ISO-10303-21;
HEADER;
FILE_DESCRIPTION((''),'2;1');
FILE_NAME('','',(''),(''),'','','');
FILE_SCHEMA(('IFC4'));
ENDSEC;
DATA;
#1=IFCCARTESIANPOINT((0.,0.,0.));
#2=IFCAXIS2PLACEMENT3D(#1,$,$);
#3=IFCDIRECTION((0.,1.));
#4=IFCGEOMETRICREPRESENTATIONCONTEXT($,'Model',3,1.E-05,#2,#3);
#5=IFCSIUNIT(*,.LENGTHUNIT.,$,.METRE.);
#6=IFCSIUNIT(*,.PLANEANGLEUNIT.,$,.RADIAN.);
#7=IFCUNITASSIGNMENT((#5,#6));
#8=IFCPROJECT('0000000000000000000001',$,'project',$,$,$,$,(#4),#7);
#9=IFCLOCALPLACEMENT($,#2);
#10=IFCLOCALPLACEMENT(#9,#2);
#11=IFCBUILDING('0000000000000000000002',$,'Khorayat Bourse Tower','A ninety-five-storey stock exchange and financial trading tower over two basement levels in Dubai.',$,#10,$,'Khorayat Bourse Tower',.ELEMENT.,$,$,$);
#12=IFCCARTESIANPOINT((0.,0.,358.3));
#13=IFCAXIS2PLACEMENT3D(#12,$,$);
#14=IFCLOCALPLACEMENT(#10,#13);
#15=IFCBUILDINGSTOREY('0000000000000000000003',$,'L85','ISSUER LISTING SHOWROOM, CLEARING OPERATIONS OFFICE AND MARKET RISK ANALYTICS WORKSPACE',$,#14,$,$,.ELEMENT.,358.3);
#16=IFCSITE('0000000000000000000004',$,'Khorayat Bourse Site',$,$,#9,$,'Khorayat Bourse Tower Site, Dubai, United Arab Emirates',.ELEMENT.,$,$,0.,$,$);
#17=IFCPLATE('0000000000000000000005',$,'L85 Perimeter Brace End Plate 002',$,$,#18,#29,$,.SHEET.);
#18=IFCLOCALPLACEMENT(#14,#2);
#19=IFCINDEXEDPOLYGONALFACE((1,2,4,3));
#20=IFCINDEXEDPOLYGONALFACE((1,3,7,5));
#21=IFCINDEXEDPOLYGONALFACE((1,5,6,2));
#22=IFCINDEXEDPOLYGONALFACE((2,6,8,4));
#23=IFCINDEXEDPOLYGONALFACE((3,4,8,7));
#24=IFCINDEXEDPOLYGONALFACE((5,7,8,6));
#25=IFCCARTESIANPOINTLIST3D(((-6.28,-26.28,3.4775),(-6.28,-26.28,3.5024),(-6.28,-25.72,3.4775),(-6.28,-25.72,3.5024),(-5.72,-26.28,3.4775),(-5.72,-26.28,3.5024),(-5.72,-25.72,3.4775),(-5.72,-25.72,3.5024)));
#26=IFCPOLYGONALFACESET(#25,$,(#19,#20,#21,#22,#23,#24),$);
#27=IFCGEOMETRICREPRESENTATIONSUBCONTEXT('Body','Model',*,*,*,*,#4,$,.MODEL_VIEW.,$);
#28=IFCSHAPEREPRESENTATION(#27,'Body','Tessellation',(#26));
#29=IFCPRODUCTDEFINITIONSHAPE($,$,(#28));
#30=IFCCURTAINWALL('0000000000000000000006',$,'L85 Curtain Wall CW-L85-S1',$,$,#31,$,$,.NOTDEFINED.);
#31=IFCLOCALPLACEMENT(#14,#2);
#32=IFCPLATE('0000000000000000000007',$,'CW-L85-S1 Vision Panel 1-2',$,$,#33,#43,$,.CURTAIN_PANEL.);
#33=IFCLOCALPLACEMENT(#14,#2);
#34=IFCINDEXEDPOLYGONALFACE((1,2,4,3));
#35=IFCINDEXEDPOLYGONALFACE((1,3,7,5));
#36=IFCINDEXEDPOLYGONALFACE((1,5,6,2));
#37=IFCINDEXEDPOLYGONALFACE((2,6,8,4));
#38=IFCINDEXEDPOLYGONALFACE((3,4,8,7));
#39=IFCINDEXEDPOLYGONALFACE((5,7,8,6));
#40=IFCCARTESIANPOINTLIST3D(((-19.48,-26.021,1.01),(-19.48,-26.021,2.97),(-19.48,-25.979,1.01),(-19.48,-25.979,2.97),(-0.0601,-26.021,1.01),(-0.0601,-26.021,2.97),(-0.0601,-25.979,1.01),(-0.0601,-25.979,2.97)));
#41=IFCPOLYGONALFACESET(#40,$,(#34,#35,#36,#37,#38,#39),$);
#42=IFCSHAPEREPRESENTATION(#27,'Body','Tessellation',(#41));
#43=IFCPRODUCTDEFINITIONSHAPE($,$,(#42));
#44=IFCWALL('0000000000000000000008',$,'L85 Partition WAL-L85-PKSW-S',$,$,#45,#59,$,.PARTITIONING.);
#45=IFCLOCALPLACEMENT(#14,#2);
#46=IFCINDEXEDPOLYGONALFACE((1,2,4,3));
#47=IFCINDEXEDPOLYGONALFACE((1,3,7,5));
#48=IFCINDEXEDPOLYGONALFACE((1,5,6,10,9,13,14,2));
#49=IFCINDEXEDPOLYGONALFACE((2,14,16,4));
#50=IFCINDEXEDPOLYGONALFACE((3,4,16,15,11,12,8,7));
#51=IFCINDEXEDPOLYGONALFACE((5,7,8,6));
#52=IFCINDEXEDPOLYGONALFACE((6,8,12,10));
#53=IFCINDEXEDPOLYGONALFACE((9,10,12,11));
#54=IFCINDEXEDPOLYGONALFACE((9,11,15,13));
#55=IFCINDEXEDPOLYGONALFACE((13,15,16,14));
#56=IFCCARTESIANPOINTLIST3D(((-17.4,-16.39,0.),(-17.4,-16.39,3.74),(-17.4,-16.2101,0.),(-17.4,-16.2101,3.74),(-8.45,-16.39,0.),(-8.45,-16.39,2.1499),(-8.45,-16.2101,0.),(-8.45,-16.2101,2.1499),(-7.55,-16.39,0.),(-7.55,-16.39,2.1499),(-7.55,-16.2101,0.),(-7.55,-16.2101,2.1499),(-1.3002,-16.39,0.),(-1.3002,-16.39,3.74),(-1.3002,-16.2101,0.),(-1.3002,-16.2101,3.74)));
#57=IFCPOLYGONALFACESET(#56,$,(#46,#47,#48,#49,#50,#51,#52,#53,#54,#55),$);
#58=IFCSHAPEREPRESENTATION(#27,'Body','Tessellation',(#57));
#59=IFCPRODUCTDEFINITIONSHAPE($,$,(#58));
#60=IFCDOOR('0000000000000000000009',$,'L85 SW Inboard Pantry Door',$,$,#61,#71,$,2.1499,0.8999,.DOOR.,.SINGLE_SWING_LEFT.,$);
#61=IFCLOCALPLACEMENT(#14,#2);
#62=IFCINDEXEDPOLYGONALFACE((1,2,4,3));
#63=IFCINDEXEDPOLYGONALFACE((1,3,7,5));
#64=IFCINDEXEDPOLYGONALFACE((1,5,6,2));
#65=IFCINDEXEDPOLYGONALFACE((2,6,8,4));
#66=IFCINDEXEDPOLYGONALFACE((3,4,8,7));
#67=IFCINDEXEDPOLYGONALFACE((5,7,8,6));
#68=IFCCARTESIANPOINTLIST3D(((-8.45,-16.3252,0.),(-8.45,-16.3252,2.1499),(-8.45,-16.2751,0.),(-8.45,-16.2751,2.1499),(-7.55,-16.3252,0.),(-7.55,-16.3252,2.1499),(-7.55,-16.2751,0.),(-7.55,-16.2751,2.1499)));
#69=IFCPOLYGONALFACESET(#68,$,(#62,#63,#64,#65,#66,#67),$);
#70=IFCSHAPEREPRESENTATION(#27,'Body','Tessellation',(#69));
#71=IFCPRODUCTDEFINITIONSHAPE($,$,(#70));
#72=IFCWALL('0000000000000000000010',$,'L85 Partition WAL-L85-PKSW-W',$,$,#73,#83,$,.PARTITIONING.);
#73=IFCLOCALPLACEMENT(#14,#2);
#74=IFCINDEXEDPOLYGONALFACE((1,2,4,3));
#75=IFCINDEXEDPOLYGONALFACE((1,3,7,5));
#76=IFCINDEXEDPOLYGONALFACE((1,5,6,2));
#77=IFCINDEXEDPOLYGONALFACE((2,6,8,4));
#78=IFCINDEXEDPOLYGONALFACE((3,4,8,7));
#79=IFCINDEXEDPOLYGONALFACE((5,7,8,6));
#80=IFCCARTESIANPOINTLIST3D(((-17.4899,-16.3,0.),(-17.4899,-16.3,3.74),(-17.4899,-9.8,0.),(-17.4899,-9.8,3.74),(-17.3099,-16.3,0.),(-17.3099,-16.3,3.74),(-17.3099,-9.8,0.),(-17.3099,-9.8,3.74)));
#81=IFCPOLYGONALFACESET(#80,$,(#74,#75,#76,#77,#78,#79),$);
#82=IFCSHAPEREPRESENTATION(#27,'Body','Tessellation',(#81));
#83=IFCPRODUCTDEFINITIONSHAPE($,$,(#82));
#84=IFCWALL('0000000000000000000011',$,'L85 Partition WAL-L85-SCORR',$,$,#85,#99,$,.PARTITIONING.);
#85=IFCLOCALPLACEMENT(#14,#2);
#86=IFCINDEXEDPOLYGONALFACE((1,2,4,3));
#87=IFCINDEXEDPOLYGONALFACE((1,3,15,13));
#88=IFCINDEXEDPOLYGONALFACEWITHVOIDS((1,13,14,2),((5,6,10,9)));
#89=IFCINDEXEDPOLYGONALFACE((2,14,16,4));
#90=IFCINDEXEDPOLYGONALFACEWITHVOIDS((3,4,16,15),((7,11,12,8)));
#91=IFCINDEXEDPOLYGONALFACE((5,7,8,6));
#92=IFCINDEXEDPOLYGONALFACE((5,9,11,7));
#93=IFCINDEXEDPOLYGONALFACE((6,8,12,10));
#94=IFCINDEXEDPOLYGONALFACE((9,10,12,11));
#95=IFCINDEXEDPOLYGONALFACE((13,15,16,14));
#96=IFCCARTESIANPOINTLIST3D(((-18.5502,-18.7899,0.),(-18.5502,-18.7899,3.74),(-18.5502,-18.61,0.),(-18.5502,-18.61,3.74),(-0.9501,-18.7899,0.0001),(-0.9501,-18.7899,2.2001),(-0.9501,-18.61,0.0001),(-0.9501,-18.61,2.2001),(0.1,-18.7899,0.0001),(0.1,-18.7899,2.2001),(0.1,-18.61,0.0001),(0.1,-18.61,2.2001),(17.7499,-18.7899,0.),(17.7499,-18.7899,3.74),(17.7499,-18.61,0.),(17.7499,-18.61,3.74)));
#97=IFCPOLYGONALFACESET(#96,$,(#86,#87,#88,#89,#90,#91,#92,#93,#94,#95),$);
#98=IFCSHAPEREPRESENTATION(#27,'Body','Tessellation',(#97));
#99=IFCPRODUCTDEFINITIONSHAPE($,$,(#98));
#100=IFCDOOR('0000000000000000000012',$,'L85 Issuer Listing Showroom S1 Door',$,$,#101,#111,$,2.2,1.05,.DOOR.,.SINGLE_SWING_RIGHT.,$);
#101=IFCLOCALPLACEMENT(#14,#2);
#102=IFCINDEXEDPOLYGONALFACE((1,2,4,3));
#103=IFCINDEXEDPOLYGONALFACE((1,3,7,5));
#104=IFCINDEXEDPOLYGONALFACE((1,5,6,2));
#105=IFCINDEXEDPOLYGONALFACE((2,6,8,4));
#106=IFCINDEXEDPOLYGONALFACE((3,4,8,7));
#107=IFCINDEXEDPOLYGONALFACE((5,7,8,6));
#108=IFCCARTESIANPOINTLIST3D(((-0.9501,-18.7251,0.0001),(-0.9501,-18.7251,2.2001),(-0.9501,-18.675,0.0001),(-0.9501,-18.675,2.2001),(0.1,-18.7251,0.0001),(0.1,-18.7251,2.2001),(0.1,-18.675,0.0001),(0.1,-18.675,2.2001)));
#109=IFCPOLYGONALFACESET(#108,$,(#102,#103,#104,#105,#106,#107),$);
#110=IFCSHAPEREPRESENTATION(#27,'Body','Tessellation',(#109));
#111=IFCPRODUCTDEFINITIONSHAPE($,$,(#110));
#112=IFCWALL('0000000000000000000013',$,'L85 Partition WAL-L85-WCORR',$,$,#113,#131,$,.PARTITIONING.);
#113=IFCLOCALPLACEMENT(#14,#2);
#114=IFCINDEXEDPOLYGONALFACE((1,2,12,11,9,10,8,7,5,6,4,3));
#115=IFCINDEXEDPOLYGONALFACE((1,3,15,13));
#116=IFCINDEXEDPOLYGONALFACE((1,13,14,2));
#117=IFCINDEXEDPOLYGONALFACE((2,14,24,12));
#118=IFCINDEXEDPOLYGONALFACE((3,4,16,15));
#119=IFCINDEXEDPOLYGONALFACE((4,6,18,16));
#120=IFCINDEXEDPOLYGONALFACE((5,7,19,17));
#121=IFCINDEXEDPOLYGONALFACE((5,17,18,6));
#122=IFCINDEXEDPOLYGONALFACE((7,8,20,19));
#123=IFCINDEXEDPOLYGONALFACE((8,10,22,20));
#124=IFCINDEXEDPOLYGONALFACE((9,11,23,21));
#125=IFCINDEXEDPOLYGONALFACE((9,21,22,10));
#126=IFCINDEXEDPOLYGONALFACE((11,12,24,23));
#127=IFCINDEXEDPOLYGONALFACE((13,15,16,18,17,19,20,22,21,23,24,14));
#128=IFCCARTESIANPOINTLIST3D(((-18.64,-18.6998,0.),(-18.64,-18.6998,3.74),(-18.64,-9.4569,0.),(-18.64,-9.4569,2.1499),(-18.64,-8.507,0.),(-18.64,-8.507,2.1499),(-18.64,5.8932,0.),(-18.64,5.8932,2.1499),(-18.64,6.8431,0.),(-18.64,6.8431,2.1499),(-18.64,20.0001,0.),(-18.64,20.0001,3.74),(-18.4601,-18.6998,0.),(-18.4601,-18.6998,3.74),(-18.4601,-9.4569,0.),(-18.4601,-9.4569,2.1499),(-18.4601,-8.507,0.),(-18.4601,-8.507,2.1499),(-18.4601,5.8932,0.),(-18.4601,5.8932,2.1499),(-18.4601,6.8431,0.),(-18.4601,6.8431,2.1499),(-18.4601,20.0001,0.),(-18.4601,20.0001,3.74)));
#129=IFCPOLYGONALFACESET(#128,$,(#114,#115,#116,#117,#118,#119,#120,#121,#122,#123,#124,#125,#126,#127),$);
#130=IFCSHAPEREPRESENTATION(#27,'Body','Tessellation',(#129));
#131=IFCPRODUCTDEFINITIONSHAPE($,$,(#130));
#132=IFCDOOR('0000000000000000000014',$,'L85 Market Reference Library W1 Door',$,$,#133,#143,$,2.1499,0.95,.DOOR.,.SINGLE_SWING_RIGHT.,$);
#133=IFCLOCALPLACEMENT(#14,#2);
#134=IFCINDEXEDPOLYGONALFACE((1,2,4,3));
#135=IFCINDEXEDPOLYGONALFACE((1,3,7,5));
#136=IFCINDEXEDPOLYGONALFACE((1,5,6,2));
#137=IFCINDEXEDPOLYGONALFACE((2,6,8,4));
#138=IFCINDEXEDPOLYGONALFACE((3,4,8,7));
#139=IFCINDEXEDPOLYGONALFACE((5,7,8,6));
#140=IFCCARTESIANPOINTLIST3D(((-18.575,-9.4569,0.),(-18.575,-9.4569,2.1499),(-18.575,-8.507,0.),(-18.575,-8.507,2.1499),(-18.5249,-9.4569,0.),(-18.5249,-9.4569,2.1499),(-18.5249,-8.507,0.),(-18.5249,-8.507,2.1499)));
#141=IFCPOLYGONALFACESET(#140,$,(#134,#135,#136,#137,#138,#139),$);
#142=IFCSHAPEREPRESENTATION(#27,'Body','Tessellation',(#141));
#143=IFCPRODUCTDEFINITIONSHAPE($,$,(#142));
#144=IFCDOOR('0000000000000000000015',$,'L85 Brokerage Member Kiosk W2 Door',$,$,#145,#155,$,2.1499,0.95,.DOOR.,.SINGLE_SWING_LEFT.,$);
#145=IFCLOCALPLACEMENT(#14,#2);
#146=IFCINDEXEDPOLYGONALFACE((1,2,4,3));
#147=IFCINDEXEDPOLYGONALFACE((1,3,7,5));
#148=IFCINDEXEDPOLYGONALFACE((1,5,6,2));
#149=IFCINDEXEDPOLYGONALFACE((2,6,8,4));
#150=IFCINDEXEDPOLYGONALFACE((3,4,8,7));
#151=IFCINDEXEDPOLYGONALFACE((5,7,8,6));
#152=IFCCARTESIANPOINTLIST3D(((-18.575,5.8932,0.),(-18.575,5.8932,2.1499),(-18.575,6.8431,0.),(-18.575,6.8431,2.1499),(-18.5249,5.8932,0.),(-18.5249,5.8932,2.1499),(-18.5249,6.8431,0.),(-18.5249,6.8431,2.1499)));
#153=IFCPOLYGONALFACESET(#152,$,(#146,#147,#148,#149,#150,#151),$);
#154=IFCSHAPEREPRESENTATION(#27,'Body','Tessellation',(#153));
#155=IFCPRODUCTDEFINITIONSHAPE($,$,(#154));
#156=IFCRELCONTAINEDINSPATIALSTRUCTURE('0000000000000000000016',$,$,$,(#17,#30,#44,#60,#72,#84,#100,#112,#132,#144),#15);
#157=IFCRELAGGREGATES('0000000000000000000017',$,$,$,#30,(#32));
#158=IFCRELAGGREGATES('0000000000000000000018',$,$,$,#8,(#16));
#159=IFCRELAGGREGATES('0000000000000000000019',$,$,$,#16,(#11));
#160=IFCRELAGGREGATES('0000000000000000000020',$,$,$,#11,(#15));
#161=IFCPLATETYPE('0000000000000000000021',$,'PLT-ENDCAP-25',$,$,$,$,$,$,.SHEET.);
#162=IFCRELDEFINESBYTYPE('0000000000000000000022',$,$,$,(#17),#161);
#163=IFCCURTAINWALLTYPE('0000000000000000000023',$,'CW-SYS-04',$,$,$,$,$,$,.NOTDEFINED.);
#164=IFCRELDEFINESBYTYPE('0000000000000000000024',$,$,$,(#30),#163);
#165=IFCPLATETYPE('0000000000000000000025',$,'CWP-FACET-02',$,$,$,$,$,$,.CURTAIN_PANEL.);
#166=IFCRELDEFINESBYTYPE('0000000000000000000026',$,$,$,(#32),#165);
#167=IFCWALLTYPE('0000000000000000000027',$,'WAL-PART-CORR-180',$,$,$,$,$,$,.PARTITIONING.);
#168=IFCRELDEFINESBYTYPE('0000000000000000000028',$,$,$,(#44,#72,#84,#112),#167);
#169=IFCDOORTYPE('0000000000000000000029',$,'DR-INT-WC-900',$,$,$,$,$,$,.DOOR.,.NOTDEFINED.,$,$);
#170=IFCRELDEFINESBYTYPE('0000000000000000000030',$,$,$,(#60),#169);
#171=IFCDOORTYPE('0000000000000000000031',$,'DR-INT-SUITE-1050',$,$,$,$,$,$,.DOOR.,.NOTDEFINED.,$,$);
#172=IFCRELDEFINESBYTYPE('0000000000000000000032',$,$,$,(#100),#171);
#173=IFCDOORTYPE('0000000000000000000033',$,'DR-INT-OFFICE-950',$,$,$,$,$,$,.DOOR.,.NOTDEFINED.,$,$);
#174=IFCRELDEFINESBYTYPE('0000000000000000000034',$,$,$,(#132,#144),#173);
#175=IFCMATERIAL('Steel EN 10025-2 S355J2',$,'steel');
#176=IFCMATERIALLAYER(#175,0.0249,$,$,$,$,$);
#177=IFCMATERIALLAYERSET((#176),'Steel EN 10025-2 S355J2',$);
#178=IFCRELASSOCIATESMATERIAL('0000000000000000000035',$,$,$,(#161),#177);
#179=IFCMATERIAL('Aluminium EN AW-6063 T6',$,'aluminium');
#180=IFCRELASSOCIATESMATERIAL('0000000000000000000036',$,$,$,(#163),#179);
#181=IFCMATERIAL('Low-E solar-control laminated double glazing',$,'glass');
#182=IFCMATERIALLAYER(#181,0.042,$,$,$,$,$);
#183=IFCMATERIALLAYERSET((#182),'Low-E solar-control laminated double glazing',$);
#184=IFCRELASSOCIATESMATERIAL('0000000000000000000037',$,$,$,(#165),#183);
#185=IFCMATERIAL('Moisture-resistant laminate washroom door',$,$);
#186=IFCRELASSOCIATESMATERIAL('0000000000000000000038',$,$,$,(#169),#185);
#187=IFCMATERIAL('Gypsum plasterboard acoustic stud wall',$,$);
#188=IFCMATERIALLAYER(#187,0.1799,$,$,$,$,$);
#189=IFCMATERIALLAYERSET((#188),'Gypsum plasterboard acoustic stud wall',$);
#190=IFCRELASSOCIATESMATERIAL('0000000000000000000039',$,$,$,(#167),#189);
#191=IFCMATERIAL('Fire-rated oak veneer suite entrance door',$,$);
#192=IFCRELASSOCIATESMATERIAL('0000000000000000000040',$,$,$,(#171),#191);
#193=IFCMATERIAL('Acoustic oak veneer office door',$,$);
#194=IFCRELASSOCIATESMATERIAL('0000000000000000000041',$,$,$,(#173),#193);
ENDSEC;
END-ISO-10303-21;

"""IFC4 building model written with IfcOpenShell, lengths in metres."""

from ifc_helpers import new_model, si_unit, direction, frame, frame_2d, origin, origin_2d, place, context, subcontext, project, spatial, rectangle, extrude, source, transform, mapped, material, layer, layer_set, type_object, element, fill, aggregate, save


model = new_model("IFC4")

# Units and contexts
model_context = context("Model", 3, precision=1e-05, world=origin(), true_north=direction((0.0, 1.0)))
body_context = subcontext(model_context, "Body", "Model", "MODEL_VIEW")
ifc_project = project(units=[si_unit("LENGTHUNIT", "METRE"), si_unit("PLANEANGLEUNIT", "RADIAN")], contexts=[model_context])

# Site, building, storey
site_placement = place(None, origin())
site = spatial("IfcSite", under=ifc_project, at=site_placement, Name="Khorayat Bourse Site", LongName="Khorayat Bourse Tower Site, Dubai, United Arab Emirates", CompositionType="ELEMENT", RefElevation=0.0)
building_placement = place(site_placement, origin())
building = spatial("IfcBuilding", under=site, at=building_placement, Name="Khorayat Bourse Tower", Description="A ninety-five-storey stock exchange and financial trading tower over two basement levels in Dubai.", LongName="Khorayat Bourse Tower", CompositionType="ELEMENT")
storey_placement = place(building_placement, frame((0.0, 0.0, 358.3)))
storey = spatial("IfcBuildingStorey", under=building, at=storey_placement, Name="L85", Description="ISSUER LISTING SHOWROOM, CLEARING OPERATIONS OFFICE AND MARKET RISK ANALYTICS WORKSPACE", CompositionType="ELEMENT", Elevation=358.3)

# Shared definitions
ifc_material_1 = material(Name="Steel EN 10025-2 S355J2", Category="steel")

# Plate
ifc_layer_1 = layer(ifc_material_1, 0.0249)
ifc_layer_set_1 = layer_set([ifc_layer_1], Name="Steel EN 10025-2 S355J2")
plate_type_1 = type_object("IfcPlateType", Name="PLT-ENDCAP-25", PredefinedType="SHEET", material=ifc_layer_set_1)
shared_shape_1 = source(origin(), body_context, "Body", "SweptSolid", [
    extrude(rectangle(XDim=0.5601, YDim=0.5601, at=origin_2d()), origin(), (0.0, 0.0, 1.0), 0.0249),
])
plate_1_placement = place(storey_placement, frame((-6.0, -26.0, 3.4775), z_axis=(0.0, 0.0, 1.0), x_axis=(1.0, 0.0, 0.0)))
element("IfcPlate", 1, at=plate_1_placement, inside=storey, type_object=plate_type_1, Name="L85 Perimeter Brace End Plate 002", PredefinedType="SHEET", context=body_context, shape_type="MappedRepresentation", body=[
    mapped(shared_shape_1, transform((0.0, 0.0, 0.0), scale=1.0)),
])

# Curtain wall, plate
ifc_material_2 = material(Name="Aluminium EN AW-6063 T6", Category="aluminium")
curtain_wall_type = type_object("IfcCurtainWallType", Name="CW-SYS-04", PredefinedType="NOTDEFINED", material=ifc_material_2)
curtain_wall_placement = place(storey_placement, origin())
curtain_wall = element("IfcCurtainWall", 2, at=curtain_wall_placement, inside=storey, type_object=curtain_wall_type, Name="L85 Curtain Wall CW-L85-S1", PredefinedType="NOTDEFINED")
ifc_material_3 = material(Name="Low-E solar-control laminated double glazing", Category="glass")
ifc_layer_2 = layer(ifc_material_3, 0.042)
ifc_layer_set_2 = layer_set([ifc_layer_2], Name="Low-E solar-control laminated double glazing")
plate_type_2 = type_object("IfcPlateType", Name="CWP-FACET-02", PredefinedType="CURTAIN_PANEL", material=ifc_layer_set_2)
shared_shape_2 = source(origin(), body_context, "Body", "SweptSolid", [
    extrude(rectangle(XDim=19.4199, YDim=0.042, at=origin_2d()), origin(), (0.0, 0.0, 1.0), 1.96),
])
plate_2_placement = place(storey_placement, frame((-9.77, -26.0, 1.01), z_axis=(0.0, 0.0, 1.0), x_axis=(1.0, 0.0, 0.0)))
plate_2 = element("IfcPlate", 3, at=plate_2_placement, type_object=plate_type_2, Name="CW-L85-S1 Vision Panel 1-2", PredefinedType="CURTAIN_PANEL", context=body_context, shape_type="MappedRepresentation", body=[
    mapped(shared_shape_2, transform((0.0, 0.0, 0.0), scale=1.0)),
])
aggregate(curtain_wall, [plate_2])

# Shared definitions
ifc_material_4 = material(Name="Moisture-resistant laminate washroom door")
door_type_1 = type_object("IfcDoorType", Name="DR-INT-WC-900", OperationType="NOTDEFINED", PredefinedType="DOOR", material=ifc_material_4)
shared_shape_3 = source(origin(), body_context, "Body", "SweptSolid", [
    extrude(rectangle(XDim=0.8999, YDim=2.1499, at=frame_2d((0.45, 1.075))), frame((0.0, 0.0249, 0.0), z_axis=(0.0, -1.0, 0.0), x_axis=(1.0, 0.0, 0.0)), (0.0, 0.0, 1.0), 0.05),
])

# Wall, opening, door
ifc_material_5 = material(Name="Gypsum plasterboard acoustic stud wall")
ifc_layer_3 = layer(ifc_material_5, 0.1799)
ifc_layer_set_3 = layer_set([ifc_layer_3], Name="Gypsum plasterboard acoustic stud wall")
wall_type_1 = type_object("IfcWallType", Name="WAL-PART-CORR-180", PredefinedType="PARTITIONING", material=ifc_layer_set_3)
shared_shape_4 = source(origin(), body_context, "Body", "SweptSolid", [
    extrude(rectangle(XDim=16.0999, YDim=0.1799, at=frame_2d((8.0498, 0.0))), origin(), (0.0, 0.0, 1.0), 3.74),
])
wall_1_placement = place(storey_placement, frame((-17.3999, -16.3, 0.0), z_axis=(0.0, 0.0, 1.0), x_axis=(1.0, 0.0, 0.0)))
wall_1 = element("IfcWall", 4, at=wall_1_placement, inside=storey, type_object=wall_type_1, Name="L85 Partition WAL-L85-PKSW-S", PredefinedType="PARTITIONING", context=body_context, shape_type="MappedRepresentation", body=[
    mapped(shared_shape_4, transform((0.0, 0.0, 0.0), scale=1.0)),
])
shared_shape_5 = source(origin(), body_context, "Body", "SweptSolid", [
    extrude(rectangle(XDim=0.8999, YDim=2.1499, at=frame_2d((0.45, 1.075))), frame((0.0, 0.0999, 0.0), z_axis=(0.0, -1.0, 0.0), x_axis=(1.0, 0.0, 0.0)), (0.0, 0.0, 1.0), 0.2),
])
opening_1_placement = place(wall_1_placement, frame((8.95, 0.0, 0.0)))
opening_1 = element("IfcOpeningElement", 5, at=opening_1_placement, cuts=wall_1, PredefinedType="OPENING", context=body_context, shape_type="MappedRepresentation", body=[
    mapped(shared_shape_5, transform((0.0, 0.0, 0.0), scale=1.0)),
])
door_1_placement = place(opening_1_placement, origin())
door_1 = element("IfcDoor", 6, at=door_1_placement, inside=storey, type_object=door_type_1, Name="L85 SW Inboard Pantry Door", OperationType="SINGLE_SWING_LEFT", OverallHeight=2.1499, OverallWidth=0.8999, PredefinedType="DOOR", context=body_context, shape_type="MappedRepresentation", body=[
    mapped(shared_shape_3, transform((0.0, 0.0, 0.0), scale=1.0)),
])
fill(opening_1, door_1)

# Wall
shared_shape_6 = source(origin(), body_context, "Body", "SweptSolid", [
    extrude(rectangle(XDim=6.5, YDim=0.1799, at=frame_2d((3.25, 0.0))), origin(), (0.0, 0.0, 1.0), 3.74),
])
wall_2_placement = place(storey_placement, frame((-17.3999, -16.3, 0.0), z_axis=(0.0, 0.0, 1.0), x_axis=(0.0, 1.0, 0.0)))
element("IfcWall", 7, at=wall_2_placement, inside=storey, type_object=wall_type_1, Name="L85 Partition WAL-L85-PKSW-W", PredefinedType="PARTITIONING", context=body_context, shape_type="MappedRepresentation", body=[
    mapped(shared_shape_6, transform((0.0, 0.0, 0.0), scale=1.0)),
])

# Wall, opening, door
shared_shape_7 = source(origin(), body_context, "Body", "SweptSolid", [
    extrude(rectangle(XDim=36.3, YDim=0.1799, at=frame_2d((18.1499, 0.0))), origin(), (0.0, 0.0, 1.0), 3.74),
])
wall_3_placement = place(storey_placement, frame((-18.55, -18.7, 0.0), z_axis=(0.0, 0.0, 1.0), x_axis=(1.0, 0.0, 0.0)))
wall_3 = element("IfcWall", 8, at=wall_3_placement, inside=storey, type_object=wall_type_1, Name="L85 Partition WAL-L85-SCORR", PredefinedType="PARTITIONING", context=body_context, shape_type="MappedRepresentation", body=[
    mapped(shared_shape_7, transform((0.0, 0.0, 0.0), scale=1.0)),
])
shared_shape_8 = source(origin(), body_context, "Body", "SweptSolid", [
    extrude(rectangle(XDim=1.05, YDim=2.2, at=frame_2d((0.5249, 1.1001))), frame((0.0, 0.0999, 0.0), z_axis=(0.0, -1.0, 0.0), x_axis=(1.0, 0.0, 0.0)), (0.0, 0.0, 1.0), 0.2),
])
opening_2_placement = place(wall_3_placement, frame((17.6001, 0.0, 0.0)))
opening_2 = element("IfcOpeningElement", 9, at=opening_2_placement, cuts=wall_3, PredefinedType="OPENING", context=body_context, shape_type="MappedRepresentation", body=[
    mapped(shared_shape_8, transform((0.0, 0.0, 0.0), scale=1.0)),
])
ifc_material_6 = material(Name="Fire-rated oak veneer suite entrance door")
door_type_2 = type_object("IfcDoorType", Name="DR-INT-SUITE-1050", OperationType="NOTDEFINED", PredefinedType="DOOR", material=ifc_material_6)
shared_shape_9 = source(origin(), body_context, "Body", "SweptSolid", [
    extrude(rectangle(XDim=1.05, YDim=2.2, at=frame_2d((0.5249, 1.1001))), frame((0.0, 0.0249, 0.0), z_axis=(0.0, -1.0, 0.0), x_axis=(1.0, 0.0, 0.0)), (0.0, 0.0, 1.0), 0.05),
])
door_2_placement = place(opening_2_placement, origin())
door_2 = element("IfcDoor", 10, at=door_2_placement, inside=storey, type_object=door_type_2, Name="L85 Issuer Listing Showroom S1 Door", OperationType="SINGLE_SWING_RIGHT", OverallHeight=2.2, OverallWidth=1.05, PredefinedType="DOOR", context=body_context, shape_type="MappedRepresentation", body=[
    mapped(shared_shape_9, transform((0.0, 0.0, 0.0), scale=1.0)),
])
fill(opening_2, door_2)

# Wall, openings, doors
shared_shape_10 = source(origin(), body_context, "Body", "SweptSolid", [
    extrude(rectangle(XDim=38.7, YDim=0.1799, at=frame_2d((19.3501, 0.0))), origin(), (0.0, 0.0, 1.0), 3.74),
])
wall_4_placement = place(storey_placement, frame((-18.55, -18.7, 0.0), z_axis=(0.0, 0.0, 1.0), x_axis=(0.0, 1.0, 0.0)))
wall_4 = element("IfcWall", 11, at=wall_4_placement, inside=storey, type_object=wall_type_1, Name="L85 Partition WAL-L85-WCORR", PredefinedType="PARTITIONING", context=body_context, shape_type="MappedRepresentation", body=[
    mapped(shared_shape_10, transform((0.0, 0.0, 0.0), scale=1.0)),
])
shared_shape_11 = source(origin(), body_context, "Body", "SweptSolid", [
    extrude(rectangle(XDim=0.95, YDim=2.1499, at=frame_2d((0.4751, 1.075))), frame((0.0, 0.0999, 0.0), z_axis=(0.0, -1.0, 0.0), x_axis=(1.0, 0.0, 0.0)), (0.0, 0.0, 1.0), 0.2),
])
opening_3_placement = place(wall_4_placement, frame((9.2429, 0.0, 0.0)))
opening_3 = element("IfcOpeningElement", 12, at=opening_3_placement, cuts=wall_4, PredefinedType="OPENING", context=body_context, shape_type="MappedRepresentation", body=[
    mapped(shared_shape_11, transform((0.0, 0.0, 0.0), scale=1.0)),
])
opening_4_placement = place(wall_4_placement, frame((24.593, 0.0, 0.0)))
opening_4 = element("IfcOpeningElement", 13, at=opening_4_placement, cuts=wall_4, PredefinedType="OPENING", context=body_context, shape_type="MappedRepresentation", body=[
    mapped(shared_shape_11, transform((0.0, 0.0, 0.0), scale=1.0)),
])
ifc_material_7 = material(Name="Acoustic oak veneer office door")
door_type_3 = type_object("IfcDoorType", Name="DR-INT-OFFICE-950", OperationType="NOTDEFINED", PredefinedType="DOOR", material=ifc_material_7)
shared_shape_12 = source(origin(), body_context, "Body", "SweptSolid", [
    extrude(rectangle(XDim=0.95, YDim=2.1499, at=frame_2d((0.4751, 1.075))), frame((0.0, 0.0249, 0.0), z_axis=(0.0, -1.0, 0.0), x_axis=(1.0, 0.0, 0.0)), (0.0, 0.0, 1.0), 0.05),
])
door_3_placement = place(opening_3_placement, origin())
door_3 = element("IfcDoor", 14, at=door_3_placement, inside=storey, type_object=door_type_3, Name="L85 Market Reference Library W1 Door", OperationType="SINGLE_SWING_RIGHT", OverallHeight=2.1499, OverallWidth=0.95, PredefinedType="DOOR", context=body_context, shape_type="MappedRepresentation", body=[
    mapped(shared_shape_12, transform((0.0, 0.0, 0.0), scale=1.0)),
])
fill(opening_3, door_3)
door_4_placement = place(opening_4_placement, origin())
door_4 = element("IfcDoor", 15, at=door_4_placement, inside=storey, type_object=door_type_3, Name="L85 Brokerage Member Kiosk W2 Door", OperationType="SINGLE_SWING_LEFT", OverallHeight=2.1499, OverallWidth=0.95, PredefinedType="DOOR", context=body_context, shape_type="MappedRepresentation", body=[
    mapped(shared_shape_12, transform((0.0, 0.0, 0.0), scale=1.0)),
])
fill(opening_4, door_4)

save(model, "model.ifc")
